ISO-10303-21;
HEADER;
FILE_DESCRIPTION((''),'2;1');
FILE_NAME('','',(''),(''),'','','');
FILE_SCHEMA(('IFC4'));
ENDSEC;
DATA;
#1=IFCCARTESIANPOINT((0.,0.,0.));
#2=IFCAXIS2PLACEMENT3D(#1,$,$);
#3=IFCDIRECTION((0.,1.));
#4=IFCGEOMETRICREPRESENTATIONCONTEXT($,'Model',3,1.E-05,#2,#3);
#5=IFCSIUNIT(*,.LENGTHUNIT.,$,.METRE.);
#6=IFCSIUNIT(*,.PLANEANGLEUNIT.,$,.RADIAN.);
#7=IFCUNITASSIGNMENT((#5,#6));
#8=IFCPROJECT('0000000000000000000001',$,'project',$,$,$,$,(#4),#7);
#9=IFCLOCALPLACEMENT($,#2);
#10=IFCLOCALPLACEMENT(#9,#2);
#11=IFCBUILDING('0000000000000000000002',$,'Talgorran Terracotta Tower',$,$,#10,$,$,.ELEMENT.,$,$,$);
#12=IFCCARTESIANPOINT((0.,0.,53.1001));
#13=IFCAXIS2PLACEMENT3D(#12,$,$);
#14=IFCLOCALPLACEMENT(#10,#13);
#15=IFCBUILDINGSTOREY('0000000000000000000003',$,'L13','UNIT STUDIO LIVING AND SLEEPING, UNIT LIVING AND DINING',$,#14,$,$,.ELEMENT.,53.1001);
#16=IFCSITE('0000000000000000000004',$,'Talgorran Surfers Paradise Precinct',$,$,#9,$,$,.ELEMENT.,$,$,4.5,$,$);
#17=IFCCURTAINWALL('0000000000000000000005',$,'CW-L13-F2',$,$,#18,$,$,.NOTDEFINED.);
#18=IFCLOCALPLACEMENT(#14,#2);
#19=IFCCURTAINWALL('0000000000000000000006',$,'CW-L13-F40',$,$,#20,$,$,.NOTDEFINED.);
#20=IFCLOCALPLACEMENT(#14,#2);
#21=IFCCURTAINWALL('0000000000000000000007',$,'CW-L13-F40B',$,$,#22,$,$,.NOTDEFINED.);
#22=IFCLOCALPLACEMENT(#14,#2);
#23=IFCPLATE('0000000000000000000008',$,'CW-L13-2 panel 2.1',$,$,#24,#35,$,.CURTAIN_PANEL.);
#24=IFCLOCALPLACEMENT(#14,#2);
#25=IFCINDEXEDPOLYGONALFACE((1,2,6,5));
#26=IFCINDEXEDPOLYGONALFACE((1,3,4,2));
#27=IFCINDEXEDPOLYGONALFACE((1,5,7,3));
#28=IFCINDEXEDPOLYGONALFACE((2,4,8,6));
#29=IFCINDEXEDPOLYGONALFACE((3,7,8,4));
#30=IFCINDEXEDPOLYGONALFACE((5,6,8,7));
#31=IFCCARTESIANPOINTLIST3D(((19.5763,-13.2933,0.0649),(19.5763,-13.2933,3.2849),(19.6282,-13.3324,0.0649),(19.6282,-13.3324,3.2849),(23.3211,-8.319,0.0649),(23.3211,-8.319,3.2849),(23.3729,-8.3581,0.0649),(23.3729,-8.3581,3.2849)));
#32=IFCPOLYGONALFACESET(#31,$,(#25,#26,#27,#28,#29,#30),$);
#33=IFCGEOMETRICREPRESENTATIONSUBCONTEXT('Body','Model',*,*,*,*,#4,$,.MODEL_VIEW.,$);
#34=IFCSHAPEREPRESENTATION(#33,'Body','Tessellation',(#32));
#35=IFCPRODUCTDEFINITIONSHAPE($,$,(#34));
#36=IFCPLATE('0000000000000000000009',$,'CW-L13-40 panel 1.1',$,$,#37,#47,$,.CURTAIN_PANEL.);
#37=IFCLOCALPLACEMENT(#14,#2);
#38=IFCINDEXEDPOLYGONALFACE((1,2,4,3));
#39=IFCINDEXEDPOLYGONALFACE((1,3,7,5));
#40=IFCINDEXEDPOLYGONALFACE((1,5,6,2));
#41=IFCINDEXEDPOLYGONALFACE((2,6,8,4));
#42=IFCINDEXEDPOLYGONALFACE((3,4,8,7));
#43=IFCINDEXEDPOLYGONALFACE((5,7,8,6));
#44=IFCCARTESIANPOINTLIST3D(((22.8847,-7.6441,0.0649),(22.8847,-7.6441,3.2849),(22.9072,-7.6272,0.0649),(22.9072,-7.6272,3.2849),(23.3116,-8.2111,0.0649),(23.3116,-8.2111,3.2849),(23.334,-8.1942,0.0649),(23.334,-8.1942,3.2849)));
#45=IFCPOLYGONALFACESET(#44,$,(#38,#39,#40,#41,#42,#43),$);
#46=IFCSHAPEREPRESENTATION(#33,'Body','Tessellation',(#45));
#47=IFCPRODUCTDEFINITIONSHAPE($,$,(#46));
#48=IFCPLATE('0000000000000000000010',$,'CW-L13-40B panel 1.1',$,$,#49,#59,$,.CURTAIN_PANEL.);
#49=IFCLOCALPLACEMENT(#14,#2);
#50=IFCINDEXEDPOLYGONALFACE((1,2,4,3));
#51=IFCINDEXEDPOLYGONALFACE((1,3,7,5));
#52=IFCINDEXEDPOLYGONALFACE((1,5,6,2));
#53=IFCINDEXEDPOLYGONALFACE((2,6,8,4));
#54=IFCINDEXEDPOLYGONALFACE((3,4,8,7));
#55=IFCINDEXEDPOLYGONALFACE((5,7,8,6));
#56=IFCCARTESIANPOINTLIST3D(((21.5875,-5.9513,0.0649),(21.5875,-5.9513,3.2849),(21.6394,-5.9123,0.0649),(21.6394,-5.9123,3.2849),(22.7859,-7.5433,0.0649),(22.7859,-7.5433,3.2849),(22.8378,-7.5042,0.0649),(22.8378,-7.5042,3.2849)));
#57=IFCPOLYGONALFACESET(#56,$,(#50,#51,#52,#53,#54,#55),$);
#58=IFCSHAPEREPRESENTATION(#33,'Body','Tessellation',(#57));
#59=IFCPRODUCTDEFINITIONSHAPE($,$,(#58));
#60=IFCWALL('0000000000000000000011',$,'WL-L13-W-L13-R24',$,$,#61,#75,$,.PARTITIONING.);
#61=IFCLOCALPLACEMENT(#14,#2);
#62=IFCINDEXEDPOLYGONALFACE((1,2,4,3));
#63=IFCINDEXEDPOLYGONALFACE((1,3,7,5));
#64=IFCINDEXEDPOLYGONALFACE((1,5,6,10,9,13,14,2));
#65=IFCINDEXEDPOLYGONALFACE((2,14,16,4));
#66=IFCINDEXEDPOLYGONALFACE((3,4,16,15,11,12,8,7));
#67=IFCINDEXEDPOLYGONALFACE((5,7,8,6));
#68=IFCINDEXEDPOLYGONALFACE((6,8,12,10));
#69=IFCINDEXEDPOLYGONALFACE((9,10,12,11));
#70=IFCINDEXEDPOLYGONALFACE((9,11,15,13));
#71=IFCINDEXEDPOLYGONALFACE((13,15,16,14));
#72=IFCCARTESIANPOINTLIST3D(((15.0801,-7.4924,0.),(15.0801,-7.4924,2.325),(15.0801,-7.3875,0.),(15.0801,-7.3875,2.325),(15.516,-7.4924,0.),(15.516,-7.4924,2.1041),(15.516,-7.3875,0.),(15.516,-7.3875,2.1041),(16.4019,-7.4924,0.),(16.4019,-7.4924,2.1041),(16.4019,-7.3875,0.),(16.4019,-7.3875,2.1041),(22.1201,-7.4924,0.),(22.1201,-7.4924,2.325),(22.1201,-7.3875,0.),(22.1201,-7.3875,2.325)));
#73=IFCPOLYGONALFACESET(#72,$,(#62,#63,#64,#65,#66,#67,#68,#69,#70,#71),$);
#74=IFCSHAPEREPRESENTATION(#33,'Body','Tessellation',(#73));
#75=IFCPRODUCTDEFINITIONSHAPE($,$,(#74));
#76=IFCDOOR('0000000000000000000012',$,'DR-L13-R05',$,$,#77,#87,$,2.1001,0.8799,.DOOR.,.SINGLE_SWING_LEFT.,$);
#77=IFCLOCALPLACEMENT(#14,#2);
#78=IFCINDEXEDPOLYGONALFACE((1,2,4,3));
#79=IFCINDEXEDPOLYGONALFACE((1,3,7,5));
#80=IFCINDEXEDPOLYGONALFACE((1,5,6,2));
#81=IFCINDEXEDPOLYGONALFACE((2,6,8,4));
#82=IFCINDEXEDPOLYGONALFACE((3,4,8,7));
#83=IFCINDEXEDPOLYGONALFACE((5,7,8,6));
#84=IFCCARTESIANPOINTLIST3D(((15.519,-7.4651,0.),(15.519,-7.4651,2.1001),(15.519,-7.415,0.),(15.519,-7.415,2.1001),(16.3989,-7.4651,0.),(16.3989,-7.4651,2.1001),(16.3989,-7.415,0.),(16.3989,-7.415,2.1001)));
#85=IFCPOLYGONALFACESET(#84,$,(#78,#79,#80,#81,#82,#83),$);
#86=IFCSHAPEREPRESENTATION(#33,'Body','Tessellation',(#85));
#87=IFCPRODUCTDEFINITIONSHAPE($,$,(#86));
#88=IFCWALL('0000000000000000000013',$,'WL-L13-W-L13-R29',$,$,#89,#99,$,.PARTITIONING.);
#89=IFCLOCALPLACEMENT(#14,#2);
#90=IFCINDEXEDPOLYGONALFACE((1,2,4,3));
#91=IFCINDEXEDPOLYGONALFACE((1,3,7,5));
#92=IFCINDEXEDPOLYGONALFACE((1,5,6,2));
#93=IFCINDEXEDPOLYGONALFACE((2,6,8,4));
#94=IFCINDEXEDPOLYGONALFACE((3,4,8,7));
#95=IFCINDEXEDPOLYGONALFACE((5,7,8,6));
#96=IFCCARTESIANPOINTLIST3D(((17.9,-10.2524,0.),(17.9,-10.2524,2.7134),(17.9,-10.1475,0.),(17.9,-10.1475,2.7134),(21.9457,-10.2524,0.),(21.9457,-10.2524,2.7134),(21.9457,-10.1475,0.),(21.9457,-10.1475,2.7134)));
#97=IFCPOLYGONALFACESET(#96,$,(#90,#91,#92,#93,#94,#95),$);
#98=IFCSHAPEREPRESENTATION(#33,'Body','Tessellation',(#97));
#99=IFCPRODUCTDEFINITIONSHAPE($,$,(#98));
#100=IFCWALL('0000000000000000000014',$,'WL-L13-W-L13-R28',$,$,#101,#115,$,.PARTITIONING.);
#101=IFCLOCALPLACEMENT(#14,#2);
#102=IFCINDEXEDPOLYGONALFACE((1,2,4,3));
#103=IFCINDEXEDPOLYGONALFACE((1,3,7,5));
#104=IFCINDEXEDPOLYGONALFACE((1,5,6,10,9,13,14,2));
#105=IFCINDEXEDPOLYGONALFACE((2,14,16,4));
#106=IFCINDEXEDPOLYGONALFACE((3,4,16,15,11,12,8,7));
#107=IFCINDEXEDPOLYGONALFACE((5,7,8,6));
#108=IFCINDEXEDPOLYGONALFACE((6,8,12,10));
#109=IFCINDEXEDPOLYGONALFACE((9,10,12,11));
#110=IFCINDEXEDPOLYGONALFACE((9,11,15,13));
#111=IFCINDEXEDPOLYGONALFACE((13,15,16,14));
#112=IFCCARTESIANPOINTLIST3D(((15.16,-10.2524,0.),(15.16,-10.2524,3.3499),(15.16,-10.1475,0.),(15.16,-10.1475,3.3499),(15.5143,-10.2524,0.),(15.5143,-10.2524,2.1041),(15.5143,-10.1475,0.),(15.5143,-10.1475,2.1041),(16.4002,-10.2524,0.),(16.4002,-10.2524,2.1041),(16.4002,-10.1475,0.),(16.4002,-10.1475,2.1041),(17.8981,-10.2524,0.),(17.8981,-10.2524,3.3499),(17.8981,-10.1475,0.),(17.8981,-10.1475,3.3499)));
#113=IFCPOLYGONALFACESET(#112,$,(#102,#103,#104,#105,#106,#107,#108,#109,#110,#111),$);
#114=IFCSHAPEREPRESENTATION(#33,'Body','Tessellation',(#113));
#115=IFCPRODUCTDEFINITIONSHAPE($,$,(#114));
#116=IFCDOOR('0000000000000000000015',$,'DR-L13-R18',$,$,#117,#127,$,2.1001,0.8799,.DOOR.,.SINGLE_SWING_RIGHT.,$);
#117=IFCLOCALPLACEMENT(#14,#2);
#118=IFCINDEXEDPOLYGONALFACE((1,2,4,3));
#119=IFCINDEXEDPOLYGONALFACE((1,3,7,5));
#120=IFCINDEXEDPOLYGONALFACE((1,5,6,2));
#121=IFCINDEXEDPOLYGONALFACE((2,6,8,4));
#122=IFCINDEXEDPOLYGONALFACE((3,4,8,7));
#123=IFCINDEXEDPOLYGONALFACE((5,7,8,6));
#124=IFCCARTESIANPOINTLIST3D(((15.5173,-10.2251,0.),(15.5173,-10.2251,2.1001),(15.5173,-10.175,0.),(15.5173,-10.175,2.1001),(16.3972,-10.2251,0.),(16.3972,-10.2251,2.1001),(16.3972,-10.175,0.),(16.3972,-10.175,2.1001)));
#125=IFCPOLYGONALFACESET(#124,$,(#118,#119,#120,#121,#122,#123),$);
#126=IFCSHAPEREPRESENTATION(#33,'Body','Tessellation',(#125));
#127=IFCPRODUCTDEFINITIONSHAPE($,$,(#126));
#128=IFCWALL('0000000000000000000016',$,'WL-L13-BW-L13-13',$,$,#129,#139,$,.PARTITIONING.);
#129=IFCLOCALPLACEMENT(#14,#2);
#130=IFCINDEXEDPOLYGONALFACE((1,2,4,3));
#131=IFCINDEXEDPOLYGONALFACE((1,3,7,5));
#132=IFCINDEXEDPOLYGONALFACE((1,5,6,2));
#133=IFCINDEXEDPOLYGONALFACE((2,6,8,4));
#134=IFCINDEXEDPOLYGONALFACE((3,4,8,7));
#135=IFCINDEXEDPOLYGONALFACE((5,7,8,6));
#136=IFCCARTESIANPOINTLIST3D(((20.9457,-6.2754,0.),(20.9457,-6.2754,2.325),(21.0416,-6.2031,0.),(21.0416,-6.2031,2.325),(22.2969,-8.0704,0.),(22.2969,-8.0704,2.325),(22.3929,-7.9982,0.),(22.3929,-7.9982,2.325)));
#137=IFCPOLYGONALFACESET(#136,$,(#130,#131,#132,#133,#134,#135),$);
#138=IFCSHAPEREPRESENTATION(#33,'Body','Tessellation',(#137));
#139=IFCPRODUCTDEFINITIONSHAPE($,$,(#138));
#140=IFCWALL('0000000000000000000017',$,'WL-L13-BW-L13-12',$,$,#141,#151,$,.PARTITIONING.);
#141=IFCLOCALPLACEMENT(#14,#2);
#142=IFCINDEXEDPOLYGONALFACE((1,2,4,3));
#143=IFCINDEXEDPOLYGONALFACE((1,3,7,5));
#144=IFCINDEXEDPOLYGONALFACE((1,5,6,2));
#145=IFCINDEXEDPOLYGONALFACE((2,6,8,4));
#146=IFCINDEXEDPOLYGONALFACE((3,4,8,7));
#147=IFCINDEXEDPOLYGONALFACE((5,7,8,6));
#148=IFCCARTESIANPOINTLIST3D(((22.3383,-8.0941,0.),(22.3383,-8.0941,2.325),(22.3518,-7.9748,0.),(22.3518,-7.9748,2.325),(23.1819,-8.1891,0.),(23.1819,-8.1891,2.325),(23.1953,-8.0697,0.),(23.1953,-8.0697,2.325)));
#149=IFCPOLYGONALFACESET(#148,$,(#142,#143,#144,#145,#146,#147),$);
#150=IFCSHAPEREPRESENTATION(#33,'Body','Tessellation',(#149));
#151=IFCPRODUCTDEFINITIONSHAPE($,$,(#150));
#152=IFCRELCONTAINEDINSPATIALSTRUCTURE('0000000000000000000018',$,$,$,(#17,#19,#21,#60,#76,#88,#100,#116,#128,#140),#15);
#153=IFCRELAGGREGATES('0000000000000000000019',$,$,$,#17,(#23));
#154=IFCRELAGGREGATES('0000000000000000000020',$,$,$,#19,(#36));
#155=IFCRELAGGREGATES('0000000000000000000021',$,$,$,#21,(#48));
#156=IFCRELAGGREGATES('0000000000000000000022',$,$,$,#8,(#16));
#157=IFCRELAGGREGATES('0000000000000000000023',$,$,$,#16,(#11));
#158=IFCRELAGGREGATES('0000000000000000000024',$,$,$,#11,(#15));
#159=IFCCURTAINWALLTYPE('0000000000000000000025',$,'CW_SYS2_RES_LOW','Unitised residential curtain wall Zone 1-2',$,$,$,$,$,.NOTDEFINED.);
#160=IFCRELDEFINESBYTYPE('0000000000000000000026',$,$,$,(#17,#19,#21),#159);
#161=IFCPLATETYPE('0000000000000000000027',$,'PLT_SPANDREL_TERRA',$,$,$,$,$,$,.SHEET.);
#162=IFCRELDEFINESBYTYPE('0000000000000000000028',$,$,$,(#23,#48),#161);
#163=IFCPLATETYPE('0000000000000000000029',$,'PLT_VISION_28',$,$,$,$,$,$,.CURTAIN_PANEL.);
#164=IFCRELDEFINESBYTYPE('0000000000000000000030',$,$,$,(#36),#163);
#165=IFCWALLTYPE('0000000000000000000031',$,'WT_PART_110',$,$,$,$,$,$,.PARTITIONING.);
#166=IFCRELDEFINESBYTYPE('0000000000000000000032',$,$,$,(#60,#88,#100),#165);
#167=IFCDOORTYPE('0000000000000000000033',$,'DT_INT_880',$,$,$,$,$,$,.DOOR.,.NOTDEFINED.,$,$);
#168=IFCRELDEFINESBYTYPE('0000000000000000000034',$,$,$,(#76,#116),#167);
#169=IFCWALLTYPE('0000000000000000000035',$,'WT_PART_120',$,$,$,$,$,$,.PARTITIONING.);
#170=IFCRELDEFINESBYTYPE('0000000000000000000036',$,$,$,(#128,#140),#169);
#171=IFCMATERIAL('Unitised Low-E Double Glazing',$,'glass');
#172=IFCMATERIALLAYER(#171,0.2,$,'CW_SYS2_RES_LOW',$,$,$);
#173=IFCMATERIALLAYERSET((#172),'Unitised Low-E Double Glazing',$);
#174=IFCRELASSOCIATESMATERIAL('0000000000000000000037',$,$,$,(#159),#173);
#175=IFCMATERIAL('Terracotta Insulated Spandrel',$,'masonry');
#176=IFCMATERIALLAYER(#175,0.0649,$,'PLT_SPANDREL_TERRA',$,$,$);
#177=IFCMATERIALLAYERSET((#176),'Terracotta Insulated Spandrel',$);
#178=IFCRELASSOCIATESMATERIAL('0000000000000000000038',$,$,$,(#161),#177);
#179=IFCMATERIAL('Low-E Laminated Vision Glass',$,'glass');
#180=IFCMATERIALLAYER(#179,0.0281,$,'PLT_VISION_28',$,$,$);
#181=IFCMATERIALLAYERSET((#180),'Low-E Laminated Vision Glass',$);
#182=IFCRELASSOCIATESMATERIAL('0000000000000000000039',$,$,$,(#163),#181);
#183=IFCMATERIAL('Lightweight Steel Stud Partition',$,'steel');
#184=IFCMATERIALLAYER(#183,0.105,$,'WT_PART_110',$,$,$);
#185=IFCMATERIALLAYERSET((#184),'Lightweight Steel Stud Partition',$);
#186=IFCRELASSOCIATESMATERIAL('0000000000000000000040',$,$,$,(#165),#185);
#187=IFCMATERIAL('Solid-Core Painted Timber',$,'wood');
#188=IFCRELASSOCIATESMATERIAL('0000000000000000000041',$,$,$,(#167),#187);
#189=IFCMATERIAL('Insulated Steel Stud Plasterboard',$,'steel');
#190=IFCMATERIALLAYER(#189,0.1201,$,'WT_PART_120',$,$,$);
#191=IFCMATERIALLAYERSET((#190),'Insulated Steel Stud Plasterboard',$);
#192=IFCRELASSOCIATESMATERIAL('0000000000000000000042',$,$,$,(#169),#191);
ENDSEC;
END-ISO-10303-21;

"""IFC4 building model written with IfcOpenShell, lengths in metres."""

from ifc_helpers import new_model, si_unit, direction, frame, frame_2d, origin, origin_2d, place, context, subcontext, project, spatial, rectangle, extrude, source, transform, mapped, material, layer, layer_set, type_object, type_shapes, element, fill, aggregate, save


model = new_model("IFC4")

# Units and contexts
model_context = context("Model", 3, precision=1e-05, world=origin(), true_north=direction((0.0, 1.0)))
body_context = subcontext(model_context, "Body", "Model", "MODEL_VIEW")
ifc_project = project(units=[si_unit("LENGTHUNIT", "METRE"), si_unit("PLANEANGLEUNIT", "RADIAN")], contexts=[model_context])

# Site, building, storey
site_placement = place(None, origin())
site = spatial("IfcSite", under=ifc_project, at=site_placement, Name="Talgorran Surfers Paradise Precinct", CompositionType="ELEMENT", RefElevation=4.5)
building_placement = place(site_placement, origin())
building = spatial("IfcBuilding", under=site, at=building_placement, Name="Talgorran Terracotta Tower", CompositionType="ELEMENT")
storey_placement = place(building_placement, frame((0.0, 0.0, 53.1001)))
storey = spatial("IfcBuildingStorey", under=building, at=storey_placement, Name="L13", Description="UNIT STUDIO LIVING AND SLEEPING, UNIT LIVING AND DINING", CompositionType="ELEMENT", Elevation=53.1001)

# Curtain wall
ifc_material_1 = material(Name="Unitised Low-E Double Glazing", Category="glass")
ifc_layer_1 = layer(ifc_material_1, 0.2, Name="CW_SYS2_RES_LOW")
ifc_layer_set_1 = layer_set([ifc_layer_1], Name="Unitised Low-E Double Glazing")
curtain_wall_type = type_object("IfcCurtainWallType", Name="CW_SYS2_RES_LOW", Description="Unitised residential curtain wall Zone 1-2", PredefinedType="NOTDEFINED", material=ifc_layer_set_1)
curtain_wall_1_placement = place(storey_placement, origin())
curtain_wall_1 = element("IfcCurtainWall", 1, at=curtain_wall_1_placement, inside=storey, type_object=curtain_wall_type, Name="CW-L13-F2", PredefinedType="NOTDEFINED")

# Curtain wall
curtain_wall_2_placement = place(storey_placement, origin())
curtain_wall_2 = element("IfcCurtainWall", 2, at=curtain_wall_2_placement, inside=storey, type_object=curtain_wall_type, Name="CW-L13-F40", PredefinedType="NOTDEFINED")

# Curtain wall
curtain_wall_3_placement = place(storey_placement, origin())
curtain_wall_3 = element("IfcCurtainWall", 3, at=curtain_wall_3_placement, inside=storey, type_object=curtain_wall_type, Name="CW-L13-F40B", PredefinedType="NOTDEFINED")

# Plates
ifc_material_2 = material(Name="Terracotta Insulated Spandrel", Category="masonry")
ifc_layer_2 = layer(ifc_material_2, 0.0649, Name="PLT_SPANDREL_TERRA")
ifc_layer_set_2 = layer_set([ifc_layer_2], Name="Terracotta Insulated Spandrel")
plate_type_1 = type_object("IfcPlateType", Name="PLT_SPANDREL_TERRA", PredefinedType="SHEET", material=ifc_layer_set_2)
shared_shape_1 = source(origin(), body_context, "Body", "SweptSolid", [
    extrude(rectangle(XDim=6.2263, YDim=0.0649, at=origin_2d()), origin(), (0.0, 0.0, 1.0), 3.22),
])
plate_1_placement = place(storey_placement, frame((21.4746, -10.8257, 0.0649), z_axis=(0.0, 0.0, 1.0), x_axis=(0.601442, 0.798916, 0.0)))
plate_1 = element("IfcPlate", 4, at=plate_1_placement, type_object=plate_type_1, Name="CW-L13-2 panel 2.1", PredefinedType="CURTAIN_PANEL", context=body_context, shape_type="MappedRepresentation", body=[
    mapped(shared_shape_1, transform((0.0, 0.0, 0.0), scale=1.0)),
])
aggregate(curtain_wall_1, [plate_1])
ifc_material_3 = material(Name="Low-E Laminated Vision Glass", Category="glass")
ifc_layer_3 = layer(ifc_material_3, 0.0281, Name="PLT_VISION_28")
ifc_layer_set_3 = layer_set([ifc_layer_3], Name="Low-E Laminated Vision Glass")
plate_type_2 = type_object("IfcPlateType", Name="PLT_VISION_28", PredefinedType="CURTAIN_PANEL", material=ifc_layer_set_3)
shared_shape_2 = source(origin(), body_context, "Body", "SweptSolid", [
    extrude(rectangle(XDim=0.7097, YDim=0.0281, at=origin_2d()), origin(), (0.0, 0.0, 1.0), 3.22),
])
type_shapes(plate_type_2, [shared_shape_2])
plate_2_placement = place(storey_placement, frame((23.1094, -7.9192, 0.0649), z_axis=(0.0, 0.0, 1.0), x_axis=(-0.601447, 0.798913, 0.0)))
plate_2 = element("IfcPlate", 5, at=plate_2_placement, type_object=plate_type_2, Name="CW-L13-40 panel 1.1", PredefinedType="CURTAIN_PANEL", context=body_context, shape_type="MappedRepresentation", body=[
    mapped(shared_shape_2, transform((0.0, 0.0, 0.0), scale=1.0)),
])
aggregate(curtain_wall_2, [plate_2])
shared_shape_3 = source(origin(), body_context, "Body", "SweptSolid", [
    extrude(rectangle(XDim=1.9927, YDim=0.0649, at=origin_2d()), origin(), (0.0, 0.0, 1.0), 3.22),
])
type_shapes(plate_type_1, [shared_shape_1, shared_shape_3])
plate_3_placement = place(storey_placement, frame((22.2126, -6.7278, 0.0649), z_axis=(0.0, 0.0, 1.0), x_axis=(-0.601439, 0.798919, 0.0)))
plate_3 = element("IfcPlate", 6, at=plate_3_placement, type_object=plate_type_1, Name="CW-L13-40B panel 1.1", PredefinedType="CURTAIN_PANEL", context=body_context, shape_type="MappedRepresentation", body=[
    mapped(shared_shape_3, transform((0.0, 0.0, 0.0), scale=1.0)),
])
aggregate(curtain_wall_3, [plate_3])

# Wall, opening, door
ifc_material_4 = material(Name="Lightweight Steel Stud Partition", Category="steel")
ifc_layer_4 = layer(ifc_material_4, 0.105, Name="WT_PART_110")
ifc_layer_set_4 = layer_set([ifc_layer_4], Name="Lightweight Steel Stud Partition")
wall_type_1 = type_object("IfcWallType", Name="WT_PART_110", PredefinedType="PARTITIONING", material=ifc_layer_set_4)
wall_1_placement = place(storey_placement, frame((15.0801, -7.4399, 0.0), z_axis=(0.0, 0.0, 1.0), x_axis=(1.0, 0.0, 0.0)))
wall_1 = element("IfcWall", 7, at=wall_1_placement, inside=storey, type_object=wall_type_1, Name="WL-L13-W-L13-R24", PredefinedType="PARTITIONING", context=body_context, shape_type="SweptSolid", body=[
    extrude(rectangle(XDim=7.04, YDim=0.105, at=frame_2d((3.52, 0.0))), origin(), (0.0, 0.0, 1.0), 2.325),
])
opening_1_placement = place(wall_1_placement, frame((0.439, 0.0, 0.0)))
opening_1 = element("IfcOpeningElement", 8, at=opening_1_placement, cuts=wall_1, PredefinedType="OPENING", context=body_context, shape_type="SweptSolid", body=[
    extrude(rectangle(XDim=0.8859, YDim=2.1041, at=frame_2d((0.4399, 1.052))), frame((0.0, 0.0625, 0.0), z_axis=(0.0, -1.0, 0.0), x_axis=(1.0, 0.0, 0.0)), (0.0, 0.0, 1.0), 0.125),
])
ifc_material_5 = material(Name="Solid-Core Painted Timber", Category="wood")
door_type_1 = type_object("IfcDoorType", Name="DT_INT_880", OperationType="NOTDEFINED", PredefinedType="DOOR", material=ifc_material_5)
door_1_placement = place(opening_1_placement, origin())
door_1 = element("IfcDoor", 9, at=door_1_placement, inside=storey, type_object=door_type_1, Name="DR-L13-R05", OperationType="SINGLE_SWING_LEFT", OverallHeight=2.1001, OverallWidth=0.8799, PredefinedType="DOOR", context=body_context, shape_type="SweptSolid", body=[
    extrude(rectangle(XDim=0.8799, YDim=2.1001, at=frame_2d((0.4399, 1.05))), frame((0.0, 0.0249, 0.0), z_axis=(0.0, -1.0, 0.0), x_axis=(1.0, 0.0, 0.0)), (0.0, 0.0, 1.0), 0.05),
])
fill(opening_1, door_1)

# Wall
wall_2_placement = place(storey_placement, frame((17.8999, -10.2, 0.0), z_axis=(0.0, 0.0, 1.0), x_axis=(1.0, 0.0, 0.0)))
element("IfcWall", 10, at=wall_2_placement, inside=storey, type_object=wall_type_1, Name="WL-L13-W-L13-R29", PredefinedType="PARTITIONING", context=body_context, shape_type="SweptSolid", body=[
    extrude(rectangle(XDim=4.0457, YDim=0.105, at=frame_2d((2.0229, 0.0))), origin(), (0.0, 0.0, 1.0), 2.7134),
])

# Wall, opening, door
wall_3_placement = place(storey_placement, frame((15.1599, -10.2, 0.0), z_axis=(0.0, 0.0, 1.0), x_axis=(1.0, 0.0, 0.0)))
wall_3 = element("IfcWall", 11, at=wall_3_placement, inside=storey, type_object=wall_type_1, Name="WL-L13-W-L13-R28", PredefinedType="PARTITIONING", context=body_context, shape_type="SweptSolid", body=[
    extrude(rectangle(XDim=2.738, YDim=0.105, at=frame_2d((1.3691, 0.0))), origin(), (0.0, 0.0, 1.0), 3.3499),
])
opening_2_placement = place(wall_3_placement, frame((0.3574, 0.0, 0.0)))
opening_2 = element("IfcOpeningElement", 12, at=opening_2_placement, cuts=wall_3, PredefinedType="OPENING", context=body_context, shape_type="SweptSolid", body=[
    extrude(rectangle(XDim=0.8859, YDim=2.1041, at=frame_2d((0.4399, 1.052))), frame((0.0, 0.0625, 0.0), z_axis=(0.0, -1.0, 0.0), x_axis=(1.0, 0.0, 0.0)), (0.0, 0.0, 1.0), 0.125),
])
door_2_placement = place(opening_2_placement, origin())
door_2 = element("IfcDoor", 13, at=door_2_placement, inside=storey, type_object=door_type_1, Name="DR-L13-R18", OperationType="SINGLE_SWING_RIGHT", OverallHeight=2.1001, OverallWidth=0.8799, PredefinedType="DOOR", context=body_context, shape_type="SweptSolid", body=[
    extrude(rectangle(XDim=0.8799, YDim=2.1001, at=frame_2d((0.4399, 1.05))), frame((0.0, 0.0249, 0.0), z_axis=(0.0, -1.0, 0.0), x_axis=(1.0, 0.0, 0.0)), (0.0, 0.0, 1.0), 0.05),
])
fill(opening_2, door_2)

# Walls
ifc_material_6 = material(Name="Insulated Steel Stud Plasterboard", Category="steel")
ifc_layer_5 = layer(ifc_material_6, 0.1201, Name="WT_PART_120")
ifc_layer_set_5 = layer_set([ifc_layer_5], Name="Insulated Steel Stud Plasterboard")
wall_type_2 = type_object("IfcWallType", Name="WT_PART_120", PredefinedType="PARTITIONING", material=ifc_layer_set_5)
wall_4_placement = place(storey_placement, frame((22.345, -8.0344, 0.0), z_axis=(0.0, 0.0, 1.0), x_axis=(-0.601407, 0.798943, 0.0)))
element("IfcWall", 14, at=wall_4_placement, inside=storey, type_object=wall_type_2, Name="WL-L13-BW-L13-13", PredefinedType="PARTITIONING", context=body_context, shape_type="SweptSolid", body=[
    extrude(rectangle(XDim=2.2468, YDim=0.1201, at=frame_2d((1.1235, 0.0))), origin(), (0.0, 0.0, 1.0), 2.325),
])
wall_5_placement = place(storey_placement, frame((23.1885, -8.1294, 0.0), z_axis=(0.0, 0.0, 1.0), x_axis=(-0.993721, 0.111884, 0.0)))
element("IfcWall", 15, at=wall_5_placement, inside=storey, type_object=wall_type_2, Name="WL-L13-BW-L13-12", PredefinedType="PARTITIONING", context=body_context, shape_type="SweptSolid", body=[
    extrude(rectangle(XDim=0.8489, YDim=0.1201, at=frame_2d((0.4243, 0.0))), origin(), (0.0, 0.0, 1.0), 2.325),
])

save(model, "model.ifc")
